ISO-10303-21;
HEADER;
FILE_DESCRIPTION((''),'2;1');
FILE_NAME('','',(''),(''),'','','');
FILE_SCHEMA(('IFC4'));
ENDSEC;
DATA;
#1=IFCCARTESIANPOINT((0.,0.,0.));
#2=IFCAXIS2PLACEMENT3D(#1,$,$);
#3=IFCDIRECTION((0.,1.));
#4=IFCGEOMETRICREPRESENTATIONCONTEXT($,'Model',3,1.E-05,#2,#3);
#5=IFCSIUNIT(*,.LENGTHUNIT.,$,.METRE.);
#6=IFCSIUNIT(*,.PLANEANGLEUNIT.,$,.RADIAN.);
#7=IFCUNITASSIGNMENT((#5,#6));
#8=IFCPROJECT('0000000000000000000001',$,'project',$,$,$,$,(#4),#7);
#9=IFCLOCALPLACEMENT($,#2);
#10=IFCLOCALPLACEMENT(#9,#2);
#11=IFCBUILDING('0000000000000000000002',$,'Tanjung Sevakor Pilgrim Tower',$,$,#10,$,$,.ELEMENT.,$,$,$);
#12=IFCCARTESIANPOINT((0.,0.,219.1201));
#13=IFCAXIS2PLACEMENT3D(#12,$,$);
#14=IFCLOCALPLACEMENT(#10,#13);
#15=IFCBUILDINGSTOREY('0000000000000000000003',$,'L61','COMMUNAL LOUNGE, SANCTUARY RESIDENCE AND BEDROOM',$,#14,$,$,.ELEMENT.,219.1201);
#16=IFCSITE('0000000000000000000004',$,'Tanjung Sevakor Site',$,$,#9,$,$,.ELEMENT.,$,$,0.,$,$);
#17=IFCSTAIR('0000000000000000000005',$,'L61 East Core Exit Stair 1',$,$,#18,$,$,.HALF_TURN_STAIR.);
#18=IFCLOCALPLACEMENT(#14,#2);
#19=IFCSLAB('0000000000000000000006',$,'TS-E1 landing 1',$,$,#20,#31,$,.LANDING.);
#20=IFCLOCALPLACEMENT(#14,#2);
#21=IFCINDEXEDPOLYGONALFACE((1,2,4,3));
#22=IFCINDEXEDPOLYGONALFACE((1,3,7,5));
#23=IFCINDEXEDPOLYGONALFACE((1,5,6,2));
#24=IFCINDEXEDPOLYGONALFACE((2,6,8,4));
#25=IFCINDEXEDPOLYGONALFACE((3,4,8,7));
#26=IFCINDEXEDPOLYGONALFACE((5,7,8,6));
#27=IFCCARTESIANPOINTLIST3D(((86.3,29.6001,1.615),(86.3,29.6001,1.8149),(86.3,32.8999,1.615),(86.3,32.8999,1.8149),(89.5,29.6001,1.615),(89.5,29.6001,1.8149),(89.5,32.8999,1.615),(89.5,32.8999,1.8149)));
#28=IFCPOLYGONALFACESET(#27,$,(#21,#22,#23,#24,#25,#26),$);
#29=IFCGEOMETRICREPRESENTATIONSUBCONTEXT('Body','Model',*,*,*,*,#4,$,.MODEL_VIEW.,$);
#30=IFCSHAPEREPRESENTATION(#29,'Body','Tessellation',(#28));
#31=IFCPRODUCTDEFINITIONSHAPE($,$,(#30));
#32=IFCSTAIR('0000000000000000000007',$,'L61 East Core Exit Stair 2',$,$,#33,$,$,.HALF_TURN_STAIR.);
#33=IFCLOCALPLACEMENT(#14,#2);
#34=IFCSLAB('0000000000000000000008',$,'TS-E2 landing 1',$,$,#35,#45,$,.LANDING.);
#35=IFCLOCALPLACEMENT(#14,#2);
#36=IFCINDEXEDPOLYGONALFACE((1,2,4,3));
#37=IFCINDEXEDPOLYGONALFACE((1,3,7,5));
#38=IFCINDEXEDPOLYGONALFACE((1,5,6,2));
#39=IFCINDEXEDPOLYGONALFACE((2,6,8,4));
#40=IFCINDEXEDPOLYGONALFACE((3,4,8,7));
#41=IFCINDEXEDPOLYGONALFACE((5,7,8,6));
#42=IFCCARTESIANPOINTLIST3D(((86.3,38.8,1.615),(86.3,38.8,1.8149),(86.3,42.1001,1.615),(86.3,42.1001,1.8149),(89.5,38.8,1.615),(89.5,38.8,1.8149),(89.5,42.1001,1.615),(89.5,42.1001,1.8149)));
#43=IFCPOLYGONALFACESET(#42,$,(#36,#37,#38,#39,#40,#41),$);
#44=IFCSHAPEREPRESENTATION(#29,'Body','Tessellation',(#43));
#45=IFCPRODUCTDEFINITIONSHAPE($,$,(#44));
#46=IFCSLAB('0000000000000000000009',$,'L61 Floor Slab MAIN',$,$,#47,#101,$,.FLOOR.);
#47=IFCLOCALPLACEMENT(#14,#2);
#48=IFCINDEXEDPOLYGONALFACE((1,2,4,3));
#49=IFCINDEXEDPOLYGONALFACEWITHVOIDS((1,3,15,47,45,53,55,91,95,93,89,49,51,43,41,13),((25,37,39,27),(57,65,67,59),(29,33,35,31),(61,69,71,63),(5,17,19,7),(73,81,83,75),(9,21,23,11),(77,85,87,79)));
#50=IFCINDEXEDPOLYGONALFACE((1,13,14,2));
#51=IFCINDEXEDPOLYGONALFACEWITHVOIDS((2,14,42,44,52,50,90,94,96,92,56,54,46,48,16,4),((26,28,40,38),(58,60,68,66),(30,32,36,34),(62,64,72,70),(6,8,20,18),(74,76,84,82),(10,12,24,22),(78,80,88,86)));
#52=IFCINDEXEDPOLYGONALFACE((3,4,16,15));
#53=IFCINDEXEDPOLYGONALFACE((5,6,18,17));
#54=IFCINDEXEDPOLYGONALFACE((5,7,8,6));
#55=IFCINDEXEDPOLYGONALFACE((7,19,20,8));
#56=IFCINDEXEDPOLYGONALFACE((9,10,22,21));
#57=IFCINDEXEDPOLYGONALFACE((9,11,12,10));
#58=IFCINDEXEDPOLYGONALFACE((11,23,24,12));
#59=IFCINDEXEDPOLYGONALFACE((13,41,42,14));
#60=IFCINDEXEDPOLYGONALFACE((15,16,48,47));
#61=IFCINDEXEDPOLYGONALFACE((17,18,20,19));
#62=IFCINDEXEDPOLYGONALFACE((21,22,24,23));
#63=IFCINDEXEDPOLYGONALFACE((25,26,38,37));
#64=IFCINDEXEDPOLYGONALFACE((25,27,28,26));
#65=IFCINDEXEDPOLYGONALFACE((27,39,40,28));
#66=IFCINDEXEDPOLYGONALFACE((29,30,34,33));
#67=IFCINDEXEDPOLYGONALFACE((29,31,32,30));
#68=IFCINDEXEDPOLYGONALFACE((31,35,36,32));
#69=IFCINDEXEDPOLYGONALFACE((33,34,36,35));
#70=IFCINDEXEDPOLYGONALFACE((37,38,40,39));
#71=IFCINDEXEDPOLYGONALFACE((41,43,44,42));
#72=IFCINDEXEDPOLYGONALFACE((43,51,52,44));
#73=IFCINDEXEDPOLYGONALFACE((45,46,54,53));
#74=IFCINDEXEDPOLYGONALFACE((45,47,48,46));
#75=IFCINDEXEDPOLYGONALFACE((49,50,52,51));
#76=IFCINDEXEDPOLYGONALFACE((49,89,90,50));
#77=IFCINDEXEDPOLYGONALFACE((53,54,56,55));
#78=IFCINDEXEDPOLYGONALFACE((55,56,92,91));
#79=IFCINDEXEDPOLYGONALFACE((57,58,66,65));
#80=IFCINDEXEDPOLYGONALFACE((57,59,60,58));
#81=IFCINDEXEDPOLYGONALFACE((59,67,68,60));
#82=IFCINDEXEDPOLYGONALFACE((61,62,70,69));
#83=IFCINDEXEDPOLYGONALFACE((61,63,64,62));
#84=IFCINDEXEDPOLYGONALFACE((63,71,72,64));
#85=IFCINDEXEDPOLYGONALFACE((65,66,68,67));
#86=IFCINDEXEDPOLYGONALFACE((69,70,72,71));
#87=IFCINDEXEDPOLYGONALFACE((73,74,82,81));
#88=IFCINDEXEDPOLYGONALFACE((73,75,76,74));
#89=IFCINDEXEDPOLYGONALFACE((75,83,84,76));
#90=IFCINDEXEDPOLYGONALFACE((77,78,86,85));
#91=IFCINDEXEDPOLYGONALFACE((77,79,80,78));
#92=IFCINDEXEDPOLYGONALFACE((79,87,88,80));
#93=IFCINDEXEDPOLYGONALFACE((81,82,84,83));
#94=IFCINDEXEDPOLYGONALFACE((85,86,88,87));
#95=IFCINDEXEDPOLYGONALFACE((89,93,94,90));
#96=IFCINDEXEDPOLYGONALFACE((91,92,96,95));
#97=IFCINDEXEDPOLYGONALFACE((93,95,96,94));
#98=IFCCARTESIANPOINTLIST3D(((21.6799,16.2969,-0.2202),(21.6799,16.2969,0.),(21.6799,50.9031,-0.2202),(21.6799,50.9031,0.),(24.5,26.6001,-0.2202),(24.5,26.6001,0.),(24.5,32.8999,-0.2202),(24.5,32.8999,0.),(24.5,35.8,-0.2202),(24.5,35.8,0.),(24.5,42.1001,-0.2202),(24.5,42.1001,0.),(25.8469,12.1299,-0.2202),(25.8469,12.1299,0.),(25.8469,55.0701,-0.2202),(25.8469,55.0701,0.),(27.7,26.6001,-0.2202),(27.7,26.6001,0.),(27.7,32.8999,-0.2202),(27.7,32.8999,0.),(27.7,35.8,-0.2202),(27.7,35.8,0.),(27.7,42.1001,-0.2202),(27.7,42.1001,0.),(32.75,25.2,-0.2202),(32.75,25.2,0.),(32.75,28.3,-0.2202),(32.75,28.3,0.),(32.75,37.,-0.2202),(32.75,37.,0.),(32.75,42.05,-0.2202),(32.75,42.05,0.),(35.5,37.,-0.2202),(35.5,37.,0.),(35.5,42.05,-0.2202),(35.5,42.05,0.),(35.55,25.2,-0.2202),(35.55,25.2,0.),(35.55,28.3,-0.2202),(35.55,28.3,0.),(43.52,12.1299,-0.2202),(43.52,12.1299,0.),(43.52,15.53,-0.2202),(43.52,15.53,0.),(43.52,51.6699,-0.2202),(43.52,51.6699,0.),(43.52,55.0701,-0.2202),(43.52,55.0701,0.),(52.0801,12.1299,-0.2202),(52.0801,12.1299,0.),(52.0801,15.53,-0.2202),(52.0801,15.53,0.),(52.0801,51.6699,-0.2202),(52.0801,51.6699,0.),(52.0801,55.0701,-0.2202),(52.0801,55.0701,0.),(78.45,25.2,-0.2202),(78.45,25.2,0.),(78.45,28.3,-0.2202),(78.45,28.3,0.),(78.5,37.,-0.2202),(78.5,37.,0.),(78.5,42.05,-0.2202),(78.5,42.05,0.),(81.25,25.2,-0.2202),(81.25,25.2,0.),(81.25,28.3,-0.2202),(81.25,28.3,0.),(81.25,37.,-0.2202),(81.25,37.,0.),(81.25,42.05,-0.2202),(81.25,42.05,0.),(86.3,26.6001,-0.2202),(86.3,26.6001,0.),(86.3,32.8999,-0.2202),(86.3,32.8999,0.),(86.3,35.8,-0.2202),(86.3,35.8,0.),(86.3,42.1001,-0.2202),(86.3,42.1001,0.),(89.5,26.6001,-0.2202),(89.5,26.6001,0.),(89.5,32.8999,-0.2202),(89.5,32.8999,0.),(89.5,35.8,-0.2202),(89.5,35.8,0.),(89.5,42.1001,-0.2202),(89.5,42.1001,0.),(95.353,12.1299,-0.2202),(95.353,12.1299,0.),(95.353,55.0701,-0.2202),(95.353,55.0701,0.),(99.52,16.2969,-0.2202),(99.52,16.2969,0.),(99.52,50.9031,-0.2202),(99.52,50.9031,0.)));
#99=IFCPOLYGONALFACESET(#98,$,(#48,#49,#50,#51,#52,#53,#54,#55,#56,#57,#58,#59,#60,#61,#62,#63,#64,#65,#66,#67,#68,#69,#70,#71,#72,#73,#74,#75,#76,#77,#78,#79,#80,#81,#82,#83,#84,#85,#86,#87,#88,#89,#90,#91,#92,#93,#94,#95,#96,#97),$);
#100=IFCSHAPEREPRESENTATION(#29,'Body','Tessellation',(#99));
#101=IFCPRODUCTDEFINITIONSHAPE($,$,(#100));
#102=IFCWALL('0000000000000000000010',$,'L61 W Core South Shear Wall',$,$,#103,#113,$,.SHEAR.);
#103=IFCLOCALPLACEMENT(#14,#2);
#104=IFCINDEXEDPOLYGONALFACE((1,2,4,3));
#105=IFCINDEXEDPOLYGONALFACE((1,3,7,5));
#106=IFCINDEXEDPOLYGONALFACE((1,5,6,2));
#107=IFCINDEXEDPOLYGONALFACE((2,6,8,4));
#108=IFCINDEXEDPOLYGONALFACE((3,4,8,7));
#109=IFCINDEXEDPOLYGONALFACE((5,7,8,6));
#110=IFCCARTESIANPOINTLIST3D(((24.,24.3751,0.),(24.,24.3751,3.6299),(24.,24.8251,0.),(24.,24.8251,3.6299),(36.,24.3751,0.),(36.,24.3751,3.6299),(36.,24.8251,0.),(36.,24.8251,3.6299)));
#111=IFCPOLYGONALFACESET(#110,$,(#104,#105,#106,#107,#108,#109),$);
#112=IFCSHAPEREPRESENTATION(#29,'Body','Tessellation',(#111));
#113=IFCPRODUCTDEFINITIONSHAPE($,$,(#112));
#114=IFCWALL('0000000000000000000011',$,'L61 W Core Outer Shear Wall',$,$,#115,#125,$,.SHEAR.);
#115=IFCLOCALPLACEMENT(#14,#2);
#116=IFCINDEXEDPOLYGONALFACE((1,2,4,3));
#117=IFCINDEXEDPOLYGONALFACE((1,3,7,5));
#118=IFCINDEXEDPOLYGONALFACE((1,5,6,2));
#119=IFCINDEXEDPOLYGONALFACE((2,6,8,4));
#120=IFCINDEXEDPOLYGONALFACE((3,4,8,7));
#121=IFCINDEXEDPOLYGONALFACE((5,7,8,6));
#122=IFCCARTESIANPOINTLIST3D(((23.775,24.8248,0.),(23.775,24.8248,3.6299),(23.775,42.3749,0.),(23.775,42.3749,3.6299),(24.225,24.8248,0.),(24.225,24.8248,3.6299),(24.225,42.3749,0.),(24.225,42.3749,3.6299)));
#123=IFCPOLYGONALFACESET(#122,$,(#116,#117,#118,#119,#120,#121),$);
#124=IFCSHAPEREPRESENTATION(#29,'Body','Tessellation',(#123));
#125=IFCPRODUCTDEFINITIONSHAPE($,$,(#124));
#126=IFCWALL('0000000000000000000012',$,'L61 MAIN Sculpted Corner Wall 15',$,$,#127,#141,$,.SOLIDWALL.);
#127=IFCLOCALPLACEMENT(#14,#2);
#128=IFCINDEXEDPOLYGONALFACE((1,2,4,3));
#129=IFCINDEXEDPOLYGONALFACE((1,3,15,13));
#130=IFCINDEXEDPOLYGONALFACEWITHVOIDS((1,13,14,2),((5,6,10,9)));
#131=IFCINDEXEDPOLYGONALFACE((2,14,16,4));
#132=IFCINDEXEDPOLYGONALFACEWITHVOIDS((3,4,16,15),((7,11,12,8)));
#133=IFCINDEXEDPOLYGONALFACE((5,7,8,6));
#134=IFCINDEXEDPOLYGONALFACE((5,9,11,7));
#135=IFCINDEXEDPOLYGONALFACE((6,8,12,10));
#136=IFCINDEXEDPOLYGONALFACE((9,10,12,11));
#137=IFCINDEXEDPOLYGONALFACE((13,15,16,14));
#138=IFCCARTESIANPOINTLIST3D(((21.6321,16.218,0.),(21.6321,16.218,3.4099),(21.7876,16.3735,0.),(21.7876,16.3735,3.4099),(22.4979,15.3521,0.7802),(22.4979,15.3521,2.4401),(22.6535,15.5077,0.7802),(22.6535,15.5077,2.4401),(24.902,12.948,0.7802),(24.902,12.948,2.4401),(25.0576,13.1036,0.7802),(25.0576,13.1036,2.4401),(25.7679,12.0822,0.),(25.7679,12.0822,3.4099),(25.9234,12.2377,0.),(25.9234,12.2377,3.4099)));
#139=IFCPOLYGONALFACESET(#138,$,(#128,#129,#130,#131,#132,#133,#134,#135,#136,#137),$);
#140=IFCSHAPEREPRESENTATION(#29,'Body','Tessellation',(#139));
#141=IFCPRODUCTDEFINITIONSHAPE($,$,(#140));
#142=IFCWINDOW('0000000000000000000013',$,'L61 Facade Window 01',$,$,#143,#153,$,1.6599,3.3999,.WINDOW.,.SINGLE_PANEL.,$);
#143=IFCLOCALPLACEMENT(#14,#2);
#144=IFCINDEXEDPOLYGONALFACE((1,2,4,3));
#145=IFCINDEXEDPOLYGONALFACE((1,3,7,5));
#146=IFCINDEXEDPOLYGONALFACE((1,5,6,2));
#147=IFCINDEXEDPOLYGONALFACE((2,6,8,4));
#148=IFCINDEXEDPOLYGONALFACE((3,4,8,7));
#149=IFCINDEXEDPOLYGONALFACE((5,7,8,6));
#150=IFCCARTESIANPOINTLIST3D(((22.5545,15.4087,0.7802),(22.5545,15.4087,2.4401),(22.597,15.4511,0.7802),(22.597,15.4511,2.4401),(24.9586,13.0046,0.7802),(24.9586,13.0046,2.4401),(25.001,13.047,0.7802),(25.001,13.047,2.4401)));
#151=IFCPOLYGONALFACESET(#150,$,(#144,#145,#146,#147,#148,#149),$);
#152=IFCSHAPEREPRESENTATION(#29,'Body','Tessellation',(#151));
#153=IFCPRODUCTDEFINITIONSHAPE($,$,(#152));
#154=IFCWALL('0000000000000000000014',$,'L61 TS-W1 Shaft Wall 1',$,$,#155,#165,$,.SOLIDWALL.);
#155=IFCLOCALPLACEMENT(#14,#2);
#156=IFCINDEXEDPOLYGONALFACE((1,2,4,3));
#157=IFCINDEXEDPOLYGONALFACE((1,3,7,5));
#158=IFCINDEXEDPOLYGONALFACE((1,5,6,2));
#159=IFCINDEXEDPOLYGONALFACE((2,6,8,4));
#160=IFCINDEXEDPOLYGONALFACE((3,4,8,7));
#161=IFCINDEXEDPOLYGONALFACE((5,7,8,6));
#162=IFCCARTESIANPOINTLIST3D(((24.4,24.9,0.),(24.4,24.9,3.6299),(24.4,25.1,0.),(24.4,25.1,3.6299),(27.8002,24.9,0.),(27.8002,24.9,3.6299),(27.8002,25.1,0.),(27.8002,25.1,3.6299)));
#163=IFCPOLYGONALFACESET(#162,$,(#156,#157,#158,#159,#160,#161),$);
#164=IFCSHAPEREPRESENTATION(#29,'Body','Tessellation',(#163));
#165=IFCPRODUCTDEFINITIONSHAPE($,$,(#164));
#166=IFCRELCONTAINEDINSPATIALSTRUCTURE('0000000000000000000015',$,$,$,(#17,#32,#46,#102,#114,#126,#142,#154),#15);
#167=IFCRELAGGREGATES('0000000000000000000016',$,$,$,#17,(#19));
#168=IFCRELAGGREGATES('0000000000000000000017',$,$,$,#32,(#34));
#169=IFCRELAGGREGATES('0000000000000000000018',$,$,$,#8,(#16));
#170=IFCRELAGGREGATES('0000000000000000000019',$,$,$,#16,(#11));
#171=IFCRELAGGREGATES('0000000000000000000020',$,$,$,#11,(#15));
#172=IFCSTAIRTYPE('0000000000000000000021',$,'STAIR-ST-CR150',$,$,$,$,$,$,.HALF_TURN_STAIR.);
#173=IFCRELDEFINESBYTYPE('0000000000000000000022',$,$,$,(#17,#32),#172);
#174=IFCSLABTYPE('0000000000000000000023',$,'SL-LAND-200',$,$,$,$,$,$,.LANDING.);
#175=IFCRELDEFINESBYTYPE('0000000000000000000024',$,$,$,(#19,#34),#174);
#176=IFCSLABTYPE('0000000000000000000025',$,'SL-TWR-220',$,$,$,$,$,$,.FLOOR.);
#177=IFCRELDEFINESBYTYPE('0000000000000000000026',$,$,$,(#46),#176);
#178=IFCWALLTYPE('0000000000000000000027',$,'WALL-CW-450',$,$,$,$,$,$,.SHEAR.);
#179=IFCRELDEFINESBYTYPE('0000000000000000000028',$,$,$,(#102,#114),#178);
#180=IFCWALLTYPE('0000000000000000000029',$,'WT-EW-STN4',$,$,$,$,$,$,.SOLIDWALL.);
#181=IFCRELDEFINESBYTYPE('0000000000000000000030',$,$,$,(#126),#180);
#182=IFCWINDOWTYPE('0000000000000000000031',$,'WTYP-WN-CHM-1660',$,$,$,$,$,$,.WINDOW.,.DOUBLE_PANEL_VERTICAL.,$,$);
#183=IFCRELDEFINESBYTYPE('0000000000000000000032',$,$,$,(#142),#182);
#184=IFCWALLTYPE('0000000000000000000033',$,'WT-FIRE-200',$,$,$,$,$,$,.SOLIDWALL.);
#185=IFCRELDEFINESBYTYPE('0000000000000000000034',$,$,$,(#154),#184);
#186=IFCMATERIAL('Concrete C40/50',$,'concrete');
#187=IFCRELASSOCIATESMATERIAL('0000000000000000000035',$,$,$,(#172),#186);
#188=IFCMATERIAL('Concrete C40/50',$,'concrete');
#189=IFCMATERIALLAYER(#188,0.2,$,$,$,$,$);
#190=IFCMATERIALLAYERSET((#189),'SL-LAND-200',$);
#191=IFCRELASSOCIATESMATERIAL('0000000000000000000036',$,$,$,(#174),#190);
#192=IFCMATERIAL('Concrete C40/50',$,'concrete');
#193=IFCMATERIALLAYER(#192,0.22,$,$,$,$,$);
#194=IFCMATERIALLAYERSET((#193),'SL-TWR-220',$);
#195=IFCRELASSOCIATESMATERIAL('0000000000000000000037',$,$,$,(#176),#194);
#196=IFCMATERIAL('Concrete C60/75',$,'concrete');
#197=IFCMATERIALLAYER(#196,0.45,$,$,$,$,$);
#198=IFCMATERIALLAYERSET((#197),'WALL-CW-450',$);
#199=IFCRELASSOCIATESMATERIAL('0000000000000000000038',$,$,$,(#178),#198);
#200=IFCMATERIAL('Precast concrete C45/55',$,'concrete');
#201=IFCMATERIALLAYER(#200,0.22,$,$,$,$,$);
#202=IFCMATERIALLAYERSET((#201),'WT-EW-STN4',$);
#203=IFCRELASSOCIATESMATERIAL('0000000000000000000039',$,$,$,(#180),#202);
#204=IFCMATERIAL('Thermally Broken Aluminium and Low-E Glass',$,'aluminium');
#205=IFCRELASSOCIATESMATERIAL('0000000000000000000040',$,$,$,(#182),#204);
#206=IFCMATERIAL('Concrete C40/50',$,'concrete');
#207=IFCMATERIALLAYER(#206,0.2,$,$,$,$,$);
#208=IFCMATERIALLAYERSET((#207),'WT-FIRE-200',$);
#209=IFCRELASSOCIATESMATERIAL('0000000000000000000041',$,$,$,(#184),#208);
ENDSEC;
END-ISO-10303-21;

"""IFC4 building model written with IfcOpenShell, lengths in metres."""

from ifc_helpers import new_model, si_unit, direction, frame, frame_2d, origin, place, context, subcontext, project, spatial, polyline, rectangle, outline, extrude, material, layer, layer_set, type_object, element, fill, aggregate, save


model = new_model("IFC4")

# Units and contexts
model_context = context("Model", 3, precision=1e-05, world=origin(), true_north=direction((0.0, 1.0)))
body_context = subcontext(model_context, "Body", "Model", "MODEL_VIEW")
ifc_project = project(units=[si_unit("LENGTHUNIT", "METRE"), si_unit("PLANEANGLEUNIT", "RADIAN")], contexts=[model_context])

# Site, building, storey
site_placement = place(None, origin())
site = spatial("IfcSite", under=ifc_project, at=site_placement, Name="Tanjung Sevakor Site", CompositionType="ELEMENT", RefElevation=0.0)
building_placement = place(site_placement, origin())
building = spatial("IfcBuilding", under=site, at=building_placement, Name="Tanjung Sevakor Pilgrim Tower", CompositionType="ELEMENT")
storey_placement = place(building_placement, frame((0.0, 0.0, 219.1201)))
storey = spatial("IfcBuildingStorey", under=building, at=storey_placement, Name="L61", Description="COMMUNAL LOUNGE, SANCTUARY RESIDENCE AND BEDROOM", CompositionType="ELEMENT", Elevation=219.1201)

# Stairs, slabs
ifc_material_1 = material(Name="Concrete C40/50", Category="concrete")
stair_type = type_object("IfcStairType", Name="STAIR-ST-CR150", PredefinedType="HALF_TURN_STAIR", material=ifc_material_1)
ifc_material_2 = material(Name="Concrete C40/50", Category="concrete")
ifc_layer_1 = layer(ifc_material_2, 0.2)
ifc_layer_set_1 = layer_set([ifc_layer_1], Name="SL-LAND-200")
slab_type_1 = type_object("IfcSlabType", Name="SL-LAND-200", PredefinedType="LANDING", material=ifc_layer_set_1)
stair_1_placement = place(storey_placement, origin())
stair_1 = element("IfcStair", 1, at=stair_1_placement, inside=storey, type_object=stair_type, Name="L61 East Core Exit Stair 1", PredefinedType="HALF_TURN_STAIR")
slab_1_placement = place(storey_placement, frame((0.0, 0.0, 1.615)))
slab_1 = element("IfcSlab", 2, at=slab_1_placement, type_object=slab_type_1, Name="TS-E1 landing 1", PredefinedType="LANDING", context=body_context, shape_type="SweptSolid", body=[
    extrude(outline(polyline([(89.5, 29.6001), (89.5, 32.8999), (86.3, 32.8999), (86.3, 29.6001), (89.5, 29.6001)])), origin(), (0.0, 0.0, 1.0), 0.2),
])
aggregate(stair_1, [slab_1])
stair_2_placement = place(storey_placement, origin())
stair_2 = element("IfcStair", 3, at=stair_2_placement, inside=storey, type_object=stair_type, Name="L61 East Core Exit Stair 2", PredefinedType="HALF_TURN_STAIR")
slab_2_placement = place(storey_placement, frame((0.0, 0.0, 1.615)))
slab_2 = element("IfcSlab", 4, at=slab_2_placement, type_object=slab_type_1, Name="TS-E2 landing 1", PredefinedType="LANDING", context=body_context, shape_type="SweptSolid", body=[
    extrude(outline(polyline([(89.5, 38.8), (89.5, 42.1001), (86.3, 42.1001), (86.3, 38.8), (89.5, 38.8)])), origin(), (0.0, 0.0, 1.0), 0.2),
])
aggregate(stair_2, [slab_2])

# Slab
ifc_material_3 = material(Name="Concrete C40/50", Category="concrete")
ifc_layer_2 = layer(ifc_material_3, 0.22)
ifc_layer_set_2 = layer_set([ifc_layer_2], Name="SL-TWR-220")
slab_type_2 = type_object("IfcSlabType", Name="SL-TWR-220", PredefinedType="FLOOR", material=ifc_layer_set_2)
slab_3_placement = place(storey_placement, frame((0.0, 0.0, -0.2202)))
element("IfcSlab", 5, at=slab_3_placement, inside=storey, type_object=slab_type_2, Name="L61 Floor Slab MAIN", PredefinedType="FLOOR", context=body_context, shape_type="SweptSolid", body=[
    extrude(outline(polyline([(25.8469, 12.1299), (43.52, 12.1299), (43.52, 15.53), (52.0801, 15.53), (52.0801, 12.1299), (95.353, 12.1299), (99.52, 16.2969), (99.52, 50.9031), (95.353, 55.0701), (52.0801, 55.0701), (52.0801, 51.6699), (43.52, 51.6699), (43.52, 55.0701), (25.8469, 55.0701), (21.6799, 50.9031), (21.6799, 16.2969), (25.8469, 12.1299)]), holes=[polyline([(27.7, 26.6001), (27.7, 32.8999), (24.5, 32.8999), (24.5, 26.6001), (27.7, 26.6001)]), polyline([(27.7, 35.8), (27.7, 42.1001), (24.5, 42.1001), (24.5, 35.8), (27.7, 35.8)]), polyline([(89.5, 26.6001), (89.5, 32.8999), (86.3, 32.8999), (86.3, 26.6001), (89.5, 26.6001)]), polyline([(89.5, 35.8), (89.5, 42.1001), (86.3, 42.1001), (86.3, 35.8), (89.5, 35.8)]), polyline([(32.75, 25.2), (35.55, 25.2), (35.55, 28.3), (32.75, 28.3), (32.75, 25.2)]), polyline([(32.75, 37.0), (35.5, 37.0), (35.5, 42.05), (32.75, 42.05), (32.75, 37.0)]), polyline([(78.45, 25.2), (81.25, 25.2), (81.25, 28.3), (78.45, 28.3), (78.45, 25.2)]), polyline([(78.5, 37.0), (81.25, 37.0), (81.25, 42.05), (78.5, 42.05), (78.5, 37.0)])]), origin(), (0.0, 0.0, 1.0), 0.2202),
])

# Walls
ifc_material_4 = material(Name="Concrete C60/75", Category="concrete")
ifc_layer_3 = layer(ifc_material_4, 0.45)
ifc_layer_set_3 = layer_set([ifc_layer_3], Name="WALL-CW-450")
wall_type_1 = type_object("IfcWallType", Name="WALL-CW-450", PredefinedType="SHEAR", material=ifc_layer_set_3)
wall_1_placement = place(storey_placement, frame((24.0, 24.6001, 0.0), z_axis=(0.0, 0.0, 1.0), x_axis=(1.0, 0.0, 0.0)))
element("IfcWall", 6, at=wall_1_placement, inside=storey, type_object=wall_type_1, Name="L61 W Core South Shear Wall", PredefinedType="SHEAR", context=body_context, shape_type="SweptSolid", body=[
    extrude(rectangle(XDim=12.0, YDim=0.45, at=frame_2d((6.0, 0.0))), origin(), (0.0, 0.0, 1.0), 3.6299),
])
wall_2_placement = place(storey_placement, frame((24.0, 24.825, 0.0), z_axis=(0.0, 0.0, 1.0), x_axis=(0.0, 1.0, 0.0)))
element("IfcWall", 7, at=wall_2_placement, inside=storey, type_object=wall_type_1, Name="L61 W Core Outer Shear Wall", PredefinedType="SHEAR", context=body_context, shape_type="SweptSolid", body=[
    extrude(rectangle(XDim=17.55, YDim=0.45, at=frame_2d((8.7749, 0.0))), origin(), (0.0, 0.0, 1.0), 3.6299),
])

# Wall, opening, window
ifc_material_5 = material(Name="Precast concrete C45/55", Category="concrete")
ifc_layer_4 = layer(ifc_material_5, 0.22)
ifc_layer_set_4 = layer_set([ifc_layer_4], Name="WT-EW-STN4")
wall_type_2 = type_object("IfcWallType", Name="WT-EW-STN4", PredefinedType="SOLIDWALL", material=ifc_layer_set_4)
wall_3_placement = place(storey_placement, frame((21.71, 16.2957, 0.0), z_axis=(0.0, 0.0, 1.0), x_axis=(0.707107, -0.707107, 0.0)))
wall_3 = element("IfcWall", 8, at=wall_3_placement, inside=storey, type_object=wall_type_2, Name="L61 MAIN Sculpted Corner Wall 15", PredefinedType="SOLIDWALL", context=body_context, shape_type="SweptSolid", body=[
    extrude(rectangle(XDim=5.8489, YDim=0.22, at=frame_2d((2.9243, 0.0))), origin(), (0.0, 0.0, 1.0), 3.4099),
])
opening_placement = place(wall_3_placement, frame((1.2244, 0.0, 0.78)))
opening = element("IfcOpeningElement", 9, at=opening_placement, cuts=wall_3, PredefinedType="OPENING", context=body_context, shape_type="SweptSolid", body=[
    extrude(rectangle(XDim=3.3999, YDim=1.6599, at=frame_2d((1.7, 0.8301))), frame((0.0, 0.1199, 0.0), z_axis=(0.0, -1.0, 0.0), x_axis=(1.0, 0.0, 0.0)), (0.0, 0.0, 1.0), 0.24),
])
ifc_material_6 = material(Name="Thermally Broken Aluminium and Low-E Glass", Category="aluminium")
window_type = type_object("IfcWindowType", Name="WTYP-WN-CHM-1660", PartitioningType="DOUBLE_PANEL_VERTICAL", PredefinedType="WINDOW", material=ifc_material_6)
window_placement = place(opening_placement, origin())
window = element("IfcWindow", 10, at=window_placement, inside=storey, type_object=window_type, Name="L61 Facade Window 01", OverallHeight=1.6599, OverallWidth=3.3999, PartitioningType="SINGLE_PANEL", PredefinedType="WINDOW", context=body_context, shape_type="SweptSolid", body=[
    extrude(rectangle(XDim=3.3999, YDim=1.6599, at=frame_2d((1.7, 0.8301))), frame((0.0, 0.03, 0.0), z_axis=(0.0, -1.0, 0.0), x_axis=(1.0, 0.0, 0.0)), (0.0, 0.0, 1.0), 0.0601),
])
fill(opening, window)

# Wall
ifc_material_7 = material(Name="Concrete C40/50", Category="concrete")
ifc_layer_5 = layer(ifc_material_7, 0.2)
ifc_layer_set_5 = layer_set([ifc_layer_5], Name="WT-FIRE-200")
wall_type_3 = type_object("IfcWallType", Name="WT-FIRE-200", PredefinedType="SOLIDWALL", material=ifc_layer_set_5)
wall_4_placement = place(storey_placement, frame((24.3999, 25.0, 0.0), z_axis=(0.0, 0.0, 1.0), x_axis=(1.0, 0.0, 0.0)))
element("IfcWall", 11, at=wall_4_placement, inside=storey, type_object=wall_type_3, Name="L61 TS-W1 Shaft Wall 1", PredefinedType="SOLIDWALL", context=body_context, shape_type="SweptSolid", body=[
    extrude(rectangle(XDim=3.4001, YDim=0.2, at=frame_2d((1.7002, 0.0))), origin(), (0.0, 0.0, 1.0), 3.6299),
])

save(model, "model.ifc")
